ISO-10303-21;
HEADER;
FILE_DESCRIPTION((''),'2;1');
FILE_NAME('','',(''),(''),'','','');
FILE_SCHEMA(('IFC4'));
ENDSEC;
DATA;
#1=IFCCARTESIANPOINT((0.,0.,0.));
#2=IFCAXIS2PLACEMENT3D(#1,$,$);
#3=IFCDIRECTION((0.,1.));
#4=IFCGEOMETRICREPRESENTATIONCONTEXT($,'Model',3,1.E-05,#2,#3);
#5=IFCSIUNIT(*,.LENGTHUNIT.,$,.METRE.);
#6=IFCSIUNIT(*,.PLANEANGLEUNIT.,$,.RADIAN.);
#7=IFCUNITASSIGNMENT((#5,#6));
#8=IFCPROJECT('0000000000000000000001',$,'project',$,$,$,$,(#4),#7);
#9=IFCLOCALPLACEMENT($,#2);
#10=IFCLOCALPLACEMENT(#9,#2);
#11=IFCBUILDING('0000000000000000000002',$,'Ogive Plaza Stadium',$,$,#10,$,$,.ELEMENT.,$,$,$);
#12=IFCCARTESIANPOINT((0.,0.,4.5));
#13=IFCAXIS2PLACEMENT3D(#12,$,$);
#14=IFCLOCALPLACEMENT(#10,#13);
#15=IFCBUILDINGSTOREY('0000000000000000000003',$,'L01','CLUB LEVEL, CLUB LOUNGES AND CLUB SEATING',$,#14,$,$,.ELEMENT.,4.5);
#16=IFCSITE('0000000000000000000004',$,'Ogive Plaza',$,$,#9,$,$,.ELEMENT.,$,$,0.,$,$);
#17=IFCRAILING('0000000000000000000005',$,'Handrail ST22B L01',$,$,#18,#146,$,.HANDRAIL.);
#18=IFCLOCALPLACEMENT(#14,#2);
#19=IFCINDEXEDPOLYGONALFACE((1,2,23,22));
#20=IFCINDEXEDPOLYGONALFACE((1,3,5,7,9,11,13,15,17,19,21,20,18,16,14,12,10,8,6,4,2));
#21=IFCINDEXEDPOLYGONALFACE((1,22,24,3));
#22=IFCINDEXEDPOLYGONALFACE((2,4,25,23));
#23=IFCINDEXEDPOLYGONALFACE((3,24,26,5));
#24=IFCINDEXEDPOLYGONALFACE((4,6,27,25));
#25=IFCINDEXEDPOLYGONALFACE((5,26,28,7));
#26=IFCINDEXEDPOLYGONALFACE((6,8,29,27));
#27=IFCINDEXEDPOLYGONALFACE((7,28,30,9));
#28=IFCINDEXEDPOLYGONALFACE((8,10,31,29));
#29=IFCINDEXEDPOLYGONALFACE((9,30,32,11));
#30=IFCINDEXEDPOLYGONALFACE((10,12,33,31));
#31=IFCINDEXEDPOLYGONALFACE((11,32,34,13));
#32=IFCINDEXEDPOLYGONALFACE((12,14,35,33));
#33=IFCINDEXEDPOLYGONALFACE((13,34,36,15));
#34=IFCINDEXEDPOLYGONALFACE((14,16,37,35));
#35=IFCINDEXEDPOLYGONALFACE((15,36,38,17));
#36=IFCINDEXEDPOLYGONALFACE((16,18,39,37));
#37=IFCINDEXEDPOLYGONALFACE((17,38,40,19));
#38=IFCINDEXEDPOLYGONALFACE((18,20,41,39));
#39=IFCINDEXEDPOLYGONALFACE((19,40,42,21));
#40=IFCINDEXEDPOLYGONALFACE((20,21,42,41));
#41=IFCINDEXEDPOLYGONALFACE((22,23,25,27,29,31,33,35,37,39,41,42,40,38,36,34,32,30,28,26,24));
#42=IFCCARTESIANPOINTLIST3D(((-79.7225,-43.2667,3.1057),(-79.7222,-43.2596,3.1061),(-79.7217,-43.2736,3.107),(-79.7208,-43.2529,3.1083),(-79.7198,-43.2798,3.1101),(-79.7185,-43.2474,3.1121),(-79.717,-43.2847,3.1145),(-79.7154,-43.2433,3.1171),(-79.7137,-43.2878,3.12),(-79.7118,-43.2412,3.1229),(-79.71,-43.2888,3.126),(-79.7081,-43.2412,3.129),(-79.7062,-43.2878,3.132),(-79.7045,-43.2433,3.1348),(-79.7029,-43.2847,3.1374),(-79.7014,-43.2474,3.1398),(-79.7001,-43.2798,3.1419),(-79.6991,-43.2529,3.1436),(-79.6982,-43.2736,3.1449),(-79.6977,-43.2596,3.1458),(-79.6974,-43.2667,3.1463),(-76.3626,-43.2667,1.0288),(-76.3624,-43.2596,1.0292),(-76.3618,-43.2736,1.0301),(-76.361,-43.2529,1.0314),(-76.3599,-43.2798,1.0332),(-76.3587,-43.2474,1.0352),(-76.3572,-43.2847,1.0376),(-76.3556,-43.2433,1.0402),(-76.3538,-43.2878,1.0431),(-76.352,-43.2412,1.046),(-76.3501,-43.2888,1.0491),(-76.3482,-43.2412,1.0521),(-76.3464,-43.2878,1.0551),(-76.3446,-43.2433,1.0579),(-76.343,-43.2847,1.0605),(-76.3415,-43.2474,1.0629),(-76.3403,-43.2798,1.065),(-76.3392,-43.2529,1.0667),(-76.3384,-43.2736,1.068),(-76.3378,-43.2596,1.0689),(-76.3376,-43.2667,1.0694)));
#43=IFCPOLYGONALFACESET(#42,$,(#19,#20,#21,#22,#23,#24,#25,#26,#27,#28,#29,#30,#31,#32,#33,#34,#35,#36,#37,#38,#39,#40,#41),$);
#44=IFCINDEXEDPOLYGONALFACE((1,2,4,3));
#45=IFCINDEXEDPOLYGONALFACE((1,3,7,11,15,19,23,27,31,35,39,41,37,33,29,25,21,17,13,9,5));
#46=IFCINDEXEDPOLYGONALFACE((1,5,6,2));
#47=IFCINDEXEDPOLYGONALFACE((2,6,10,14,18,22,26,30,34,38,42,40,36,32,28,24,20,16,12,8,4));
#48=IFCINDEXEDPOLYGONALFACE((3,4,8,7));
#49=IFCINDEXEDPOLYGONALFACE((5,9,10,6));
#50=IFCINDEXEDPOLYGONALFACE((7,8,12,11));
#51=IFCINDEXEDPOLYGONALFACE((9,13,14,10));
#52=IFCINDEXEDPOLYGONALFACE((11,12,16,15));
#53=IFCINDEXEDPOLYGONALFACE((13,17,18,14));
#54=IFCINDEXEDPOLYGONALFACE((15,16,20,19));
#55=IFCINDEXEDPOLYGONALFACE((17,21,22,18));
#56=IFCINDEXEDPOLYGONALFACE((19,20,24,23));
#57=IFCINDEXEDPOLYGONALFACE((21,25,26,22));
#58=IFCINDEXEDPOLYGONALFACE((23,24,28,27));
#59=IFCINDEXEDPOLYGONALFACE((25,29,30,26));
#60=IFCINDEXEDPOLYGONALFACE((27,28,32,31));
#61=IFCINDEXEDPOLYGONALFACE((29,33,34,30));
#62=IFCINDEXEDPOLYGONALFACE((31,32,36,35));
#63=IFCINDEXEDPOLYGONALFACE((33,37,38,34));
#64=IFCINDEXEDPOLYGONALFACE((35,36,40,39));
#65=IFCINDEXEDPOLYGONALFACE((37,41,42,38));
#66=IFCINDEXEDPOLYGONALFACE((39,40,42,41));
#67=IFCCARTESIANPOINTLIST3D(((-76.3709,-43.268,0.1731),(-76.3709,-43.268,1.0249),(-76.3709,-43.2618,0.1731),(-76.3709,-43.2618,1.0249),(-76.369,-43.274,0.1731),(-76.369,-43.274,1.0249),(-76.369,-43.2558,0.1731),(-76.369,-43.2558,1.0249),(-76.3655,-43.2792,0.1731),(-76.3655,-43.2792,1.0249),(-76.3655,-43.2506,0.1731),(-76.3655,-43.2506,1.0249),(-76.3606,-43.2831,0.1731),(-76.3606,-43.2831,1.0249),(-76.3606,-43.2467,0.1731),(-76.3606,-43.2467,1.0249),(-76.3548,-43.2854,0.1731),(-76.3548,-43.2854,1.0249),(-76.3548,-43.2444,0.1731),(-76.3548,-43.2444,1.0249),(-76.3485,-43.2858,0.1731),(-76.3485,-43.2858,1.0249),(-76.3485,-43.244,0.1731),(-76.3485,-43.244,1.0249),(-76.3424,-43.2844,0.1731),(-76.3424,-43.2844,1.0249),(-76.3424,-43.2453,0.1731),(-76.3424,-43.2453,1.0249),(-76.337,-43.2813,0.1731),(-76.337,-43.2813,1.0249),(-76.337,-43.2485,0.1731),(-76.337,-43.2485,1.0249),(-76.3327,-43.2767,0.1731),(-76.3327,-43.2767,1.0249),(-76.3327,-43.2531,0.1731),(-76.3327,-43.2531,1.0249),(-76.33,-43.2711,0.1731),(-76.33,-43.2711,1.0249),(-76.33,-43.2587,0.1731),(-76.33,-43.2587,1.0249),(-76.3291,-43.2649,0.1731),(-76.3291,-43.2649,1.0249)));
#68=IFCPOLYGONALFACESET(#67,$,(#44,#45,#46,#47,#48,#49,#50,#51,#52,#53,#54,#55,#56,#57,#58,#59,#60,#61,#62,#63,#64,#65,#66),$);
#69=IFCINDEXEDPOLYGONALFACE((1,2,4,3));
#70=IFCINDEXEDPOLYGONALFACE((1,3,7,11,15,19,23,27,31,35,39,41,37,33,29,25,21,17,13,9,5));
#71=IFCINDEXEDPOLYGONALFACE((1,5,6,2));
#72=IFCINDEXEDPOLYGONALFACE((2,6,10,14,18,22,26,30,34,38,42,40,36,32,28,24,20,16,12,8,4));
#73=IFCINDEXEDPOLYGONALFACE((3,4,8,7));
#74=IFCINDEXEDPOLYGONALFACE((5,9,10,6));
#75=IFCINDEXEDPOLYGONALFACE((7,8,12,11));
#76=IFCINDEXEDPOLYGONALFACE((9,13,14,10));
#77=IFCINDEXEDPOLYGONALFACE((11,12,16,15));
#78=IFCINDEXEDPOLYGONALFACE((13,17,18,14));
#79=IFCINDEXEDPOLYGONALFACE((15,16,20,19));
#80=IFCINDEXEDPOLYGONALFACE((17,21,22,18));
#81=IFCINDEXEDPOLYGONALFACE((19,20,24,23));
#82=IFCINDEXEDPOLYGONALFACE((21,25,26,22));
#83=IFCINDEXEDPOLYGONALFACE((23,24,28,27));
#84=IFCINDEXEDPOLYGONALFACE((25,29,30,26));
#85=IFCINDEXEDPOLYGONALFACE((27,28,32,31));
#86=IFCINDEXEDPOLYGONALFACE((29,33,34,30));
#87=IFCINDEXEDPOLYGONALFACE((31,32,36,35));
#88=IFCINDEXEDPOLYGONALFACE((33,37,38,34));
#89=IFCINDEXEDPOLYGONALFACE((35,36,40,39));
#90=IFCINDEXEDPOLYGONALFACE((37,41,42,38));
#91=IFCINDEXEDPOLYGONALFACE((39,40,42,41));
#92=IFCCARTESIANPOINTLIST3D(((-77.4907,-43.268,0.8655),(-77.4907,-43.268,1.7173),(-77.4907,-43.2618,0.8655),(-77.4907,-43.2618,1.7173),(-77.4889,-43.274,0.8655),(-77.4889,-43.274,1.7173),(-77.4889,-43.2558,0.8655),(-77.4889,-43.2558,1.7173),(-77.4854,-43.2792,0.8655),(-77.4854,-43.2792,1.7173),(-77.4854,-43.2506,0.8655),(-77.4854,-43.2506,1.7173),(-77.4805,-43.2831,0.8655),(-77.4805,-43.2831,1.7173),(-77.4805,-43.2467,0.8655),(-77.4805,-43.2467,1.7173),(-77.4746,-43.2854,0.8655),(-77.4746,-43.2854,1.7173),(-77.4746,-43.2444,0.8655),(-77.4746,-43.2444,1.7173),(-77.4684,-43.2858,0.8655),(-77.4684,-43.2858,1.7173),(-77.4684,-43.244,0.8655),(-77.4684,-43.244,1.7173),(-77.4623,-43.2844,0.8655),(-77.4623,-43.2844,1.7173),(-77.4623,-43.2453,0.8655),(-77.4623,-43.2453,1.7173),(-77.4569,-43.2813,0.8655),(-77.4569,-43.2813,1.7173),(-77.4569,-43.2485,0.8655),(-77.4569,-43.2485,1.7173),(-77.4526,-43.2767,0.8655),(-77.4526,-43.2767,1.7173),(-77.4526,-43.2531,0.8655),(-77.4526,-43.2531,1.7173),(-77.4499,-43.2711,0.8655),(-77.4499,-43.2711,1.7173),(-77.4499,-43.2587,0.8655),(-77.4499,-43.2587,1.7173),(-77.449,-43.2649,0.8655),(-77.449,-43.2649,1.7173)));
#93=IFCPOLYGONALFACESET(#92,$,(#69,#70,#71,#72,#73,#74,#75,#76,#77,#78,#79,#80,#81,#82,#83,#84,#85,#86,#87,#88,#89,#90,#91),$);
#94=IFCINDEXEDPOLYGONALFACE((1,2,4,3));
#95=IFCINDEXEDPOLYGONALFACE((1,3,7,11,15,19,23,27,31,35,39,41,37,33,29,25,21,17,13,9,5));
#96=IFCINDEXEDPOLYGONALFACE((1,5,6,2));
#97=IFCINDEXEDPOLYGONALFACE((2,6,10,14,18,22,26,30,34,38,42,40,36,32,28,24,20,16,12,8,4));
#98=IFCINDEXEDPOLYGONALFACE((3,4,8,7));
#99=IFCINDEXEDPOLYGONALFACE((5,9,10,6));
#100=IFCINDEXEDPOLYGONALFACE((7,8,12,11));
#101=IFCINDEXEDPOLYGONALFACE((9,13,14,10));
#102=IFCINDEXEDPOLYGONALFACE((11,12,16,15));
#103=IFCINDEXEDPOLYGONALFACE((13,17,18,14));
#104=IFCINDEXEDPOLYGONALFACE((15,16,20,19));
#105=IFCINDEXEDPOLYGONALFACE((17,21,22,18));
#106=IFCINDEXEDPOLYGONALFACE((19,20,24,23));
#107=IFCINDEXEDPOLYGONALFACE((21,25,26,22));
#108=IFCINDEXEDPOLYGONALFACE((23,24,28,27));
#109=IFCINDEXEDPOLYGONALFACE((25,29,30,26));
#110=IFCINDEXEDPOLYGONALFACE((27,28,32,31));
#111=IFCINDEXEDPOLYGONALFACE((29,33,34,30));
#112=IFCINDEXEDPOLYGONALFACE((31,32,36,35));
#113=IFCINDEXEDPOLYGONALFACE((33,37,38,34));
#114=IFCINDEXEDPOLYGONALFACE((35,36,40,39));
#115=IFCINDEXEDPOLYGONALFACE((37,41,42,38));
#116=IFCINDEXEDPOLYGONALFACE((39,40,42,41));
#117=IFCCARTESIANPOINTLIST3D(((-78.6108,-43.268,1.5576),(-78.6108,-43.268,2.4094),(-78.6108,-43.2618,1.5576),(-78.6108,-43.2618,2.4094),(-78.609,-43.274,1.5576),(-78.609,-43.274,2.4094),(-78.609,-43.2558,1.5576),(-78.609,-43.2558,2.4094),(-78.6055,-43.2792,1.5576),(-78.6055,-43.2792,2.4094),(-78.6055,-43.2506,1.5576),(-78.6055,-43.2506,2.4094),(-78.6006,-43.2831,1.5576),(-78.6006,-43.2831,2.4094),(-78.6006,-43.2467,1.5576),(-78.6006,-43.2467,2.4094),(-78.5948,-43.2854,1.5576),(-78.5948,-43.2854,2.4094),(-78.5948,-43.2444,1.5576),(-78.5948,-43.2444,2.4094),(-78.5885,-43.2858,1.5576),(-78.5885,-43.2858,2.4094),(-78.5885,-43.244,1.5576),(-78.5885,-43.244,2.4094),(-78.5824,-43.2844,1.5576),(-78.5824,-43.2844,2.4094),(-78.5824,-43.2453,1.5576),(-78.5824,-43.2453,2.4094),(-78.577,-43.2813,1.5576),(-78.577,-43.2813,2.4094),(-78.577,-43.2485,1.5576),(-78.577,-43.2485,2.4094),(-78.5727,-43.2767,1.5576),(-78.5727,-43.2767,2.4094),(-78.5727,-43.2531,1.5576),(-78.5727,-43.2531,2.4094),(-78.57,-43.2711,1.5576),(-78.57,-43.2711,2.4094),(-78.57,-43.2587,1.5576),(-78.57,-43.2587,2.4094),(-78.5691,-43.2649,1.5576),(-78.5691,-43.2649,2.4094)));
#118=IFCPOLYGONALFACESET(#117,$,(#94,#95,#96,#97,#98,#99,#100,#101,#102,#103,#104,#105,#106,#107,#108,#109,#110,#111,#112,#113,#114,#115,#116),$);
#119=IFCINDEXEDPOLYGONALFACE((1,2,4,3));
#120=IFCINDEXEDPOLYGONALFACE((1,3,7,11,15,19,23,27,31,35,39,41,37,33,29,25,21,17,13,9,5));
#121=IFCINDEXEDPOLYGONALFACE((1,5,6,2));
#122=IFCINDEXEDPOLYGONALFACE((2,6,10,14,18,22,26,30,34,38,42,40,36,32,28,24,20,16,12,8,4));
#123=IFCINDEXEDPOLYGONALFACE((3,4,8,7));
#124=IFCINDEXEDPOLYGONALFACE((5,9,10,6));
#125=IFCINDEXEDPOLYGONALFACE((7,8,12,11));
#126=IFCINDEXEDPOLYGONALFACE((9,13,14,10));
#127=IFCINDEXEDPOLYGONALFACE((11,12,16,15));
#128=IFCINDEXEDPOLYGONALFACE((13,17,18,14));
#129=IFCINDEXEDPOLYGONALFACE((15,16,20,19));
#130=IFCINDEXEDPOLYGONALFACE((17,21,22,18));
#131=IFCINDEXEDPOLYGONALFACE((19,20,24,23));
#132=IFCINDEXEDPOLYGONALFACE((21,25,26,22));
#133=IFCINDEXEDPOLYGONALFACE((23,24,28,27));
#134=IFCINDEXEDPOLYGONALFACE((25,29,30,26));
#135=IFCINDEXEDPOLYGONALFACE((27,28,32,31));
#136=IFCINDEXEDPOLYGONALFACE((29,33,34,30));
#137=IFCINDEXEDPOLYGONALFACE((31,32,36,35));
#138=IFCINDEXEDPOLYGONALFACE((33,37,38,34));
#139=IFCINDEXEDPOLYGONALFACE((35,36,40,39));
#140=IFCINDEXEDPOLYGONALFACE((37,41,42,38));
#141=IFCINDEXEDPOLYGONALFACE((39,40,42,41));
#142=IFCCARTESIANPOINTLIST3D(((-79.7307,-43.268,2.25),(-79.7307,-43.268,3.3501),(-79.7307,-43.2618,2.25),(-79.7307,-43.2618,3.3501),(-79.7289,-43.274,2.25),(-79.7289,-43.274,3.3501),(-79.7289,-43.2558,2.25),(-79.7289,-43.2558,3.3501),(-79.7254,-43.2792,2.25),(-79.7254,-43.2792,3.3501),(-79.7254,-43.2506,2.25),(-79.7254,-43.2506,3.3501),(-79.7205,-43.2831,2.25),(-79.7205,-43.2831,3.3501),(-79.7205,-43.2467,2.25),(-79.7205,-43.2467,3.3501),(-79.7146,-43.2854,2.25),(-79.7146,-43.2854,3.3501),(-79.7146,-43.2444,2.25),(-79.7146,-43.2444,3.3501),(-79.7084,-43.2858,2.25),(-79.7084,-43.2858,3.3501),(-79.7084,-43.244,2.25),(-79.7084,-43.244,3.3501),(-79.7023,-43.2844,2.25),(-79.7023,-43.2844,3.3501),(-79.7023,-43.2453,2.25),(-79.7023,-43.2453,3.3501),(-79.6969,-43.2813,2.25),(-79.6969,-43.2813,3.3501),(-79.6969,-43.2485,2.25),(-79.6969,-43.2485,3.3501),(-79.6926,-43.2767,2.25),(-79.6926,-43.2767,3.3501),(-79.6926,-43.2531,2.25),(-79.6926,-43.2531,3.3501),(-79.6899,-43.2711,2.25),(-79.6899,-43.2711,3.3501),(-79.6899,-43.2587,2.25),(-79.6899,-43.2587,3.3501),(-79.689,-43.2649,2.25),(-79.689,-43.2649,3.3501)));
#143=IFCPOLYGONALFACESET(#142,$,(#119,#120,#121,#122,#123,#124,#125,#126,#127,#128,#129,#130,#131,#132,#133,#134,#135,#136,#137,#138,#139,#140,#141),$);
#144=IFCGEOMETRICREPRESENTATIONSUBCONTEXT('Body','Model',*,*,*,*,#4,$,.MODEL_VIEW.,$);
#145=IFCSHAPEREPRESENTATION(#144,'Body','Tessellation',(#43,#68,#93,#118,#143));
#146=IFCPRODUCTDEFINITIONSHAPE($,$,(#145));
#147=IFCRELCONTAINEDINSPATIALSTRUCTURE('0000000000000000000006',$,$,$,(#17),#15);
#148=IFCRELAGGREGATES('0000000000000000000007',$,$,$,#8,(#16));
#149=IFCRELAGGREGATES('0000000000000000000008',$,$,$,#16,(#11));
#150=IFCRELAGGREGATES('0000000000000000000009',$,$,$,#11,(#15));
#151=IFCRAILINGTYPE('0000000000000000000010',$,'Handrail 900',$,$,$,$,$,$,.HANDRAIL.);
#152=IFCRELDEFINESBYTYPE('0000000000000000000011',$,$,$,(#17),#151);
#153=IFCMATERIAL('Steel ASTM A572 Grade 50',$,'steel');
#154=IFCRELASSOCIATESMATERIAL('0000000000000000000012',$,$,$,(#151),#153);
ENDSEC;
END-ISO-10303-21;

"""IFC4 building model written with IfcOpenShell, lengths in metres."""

from ifc_helpers import new_model, si_unit, direction, frame, origin, origin_2d, place, context, subcontext, project, spatial, circle, extrude, material, type_object, element, save


model = new_model("IFC4")

# Units and contexts
model_context = context("Model", 3, precision=1e-05, world=origin(), true_north=direction((0.0, 1.0)))
body_context = subcontext(model_context, "Body", "Model", "MODEL_VIEW")
ifc_project = project(units=[si_unit("LENGTHUNIT", "METRE"), si_unit("PLANEANGLEUNIT", "RADIAN")], contexts=[model_context])

# Site, building, storey
site_placement = place(None, origin())
site = spatial("IfcSite", under=ifc_project, at=site_placement, Name="Ogive Plaza", CompositionType="ELEMENT", RefElevation=0.0)
building_placement = place(site_placement, origin())
building = spatial("IfcBuilding", under=site, at=building_placement, Name="Ogive Plaza Stadium", CompositionType="ELEMENT")
storey_placement = place(building_placement, frame((0.0, 0.0, 4.5)))
storey = spatial("IfcBuildingStorey", under=building, at=storey_placement, Name="L01", Description="CLUB LEVEL, CLUB LOUNGES AND CLUB SEATING", CompositionType="ELEMENT", Elevation=4.5)

# Railing
ifc_material_1 = material(Name="Steel ASTM A572 Grade 50", Category="steel")
railing_type_1 = type_object("IfcRailingType", Name="Handrail 900", PredefinedType="HANDRAIL", material=ifc_material_1)
for number, where, name in (
    (1, (-76.3501, -43.2649, 0.1731), "Handrail ST22B L01"),
):
    element("IfcRailing", number, at=place(storey_placement, frame(where)), inside=storey, type_object=railing_type_1, Name=name, PredefinedType="HANDRAIL", context=body_context, shape_type="SweptSolid", body=[
        extrude(circle(Radius=0.0239, at=origin_2d()), frame((0.0, 0.0, 0.876), z_axis=(-0.850606, 0.0, 0.525803), x_axis=(0.0, -1.0, 0.0)), (0.0, 0.0, 1.0), 3.95),
        extrude(circle(Radius=0.021, at=origin_2d()), origin(), (0.0, 0.0, 1.0), 0.8518),
        extrude(circle(Radius=0.021, at=origin_2d()), frame((-1.1199, 0.0, 0.6924)), (0.0, 0.0, 1.0), 0.8518),
        extrude(circle(Radius=0.021, at=origin_2d()), frame((-2.24, 0.0, 1.3845)), (0.0, 0.0, 1.0), 0.8518),
        extrude(circle(Radius=0.021, at=origin_2d()), frame((-3.3599, 0.0, 2.0769)), (0.0, 0.0, 1.0), 1.1001),
    ])

save(model, "model.ifc")
